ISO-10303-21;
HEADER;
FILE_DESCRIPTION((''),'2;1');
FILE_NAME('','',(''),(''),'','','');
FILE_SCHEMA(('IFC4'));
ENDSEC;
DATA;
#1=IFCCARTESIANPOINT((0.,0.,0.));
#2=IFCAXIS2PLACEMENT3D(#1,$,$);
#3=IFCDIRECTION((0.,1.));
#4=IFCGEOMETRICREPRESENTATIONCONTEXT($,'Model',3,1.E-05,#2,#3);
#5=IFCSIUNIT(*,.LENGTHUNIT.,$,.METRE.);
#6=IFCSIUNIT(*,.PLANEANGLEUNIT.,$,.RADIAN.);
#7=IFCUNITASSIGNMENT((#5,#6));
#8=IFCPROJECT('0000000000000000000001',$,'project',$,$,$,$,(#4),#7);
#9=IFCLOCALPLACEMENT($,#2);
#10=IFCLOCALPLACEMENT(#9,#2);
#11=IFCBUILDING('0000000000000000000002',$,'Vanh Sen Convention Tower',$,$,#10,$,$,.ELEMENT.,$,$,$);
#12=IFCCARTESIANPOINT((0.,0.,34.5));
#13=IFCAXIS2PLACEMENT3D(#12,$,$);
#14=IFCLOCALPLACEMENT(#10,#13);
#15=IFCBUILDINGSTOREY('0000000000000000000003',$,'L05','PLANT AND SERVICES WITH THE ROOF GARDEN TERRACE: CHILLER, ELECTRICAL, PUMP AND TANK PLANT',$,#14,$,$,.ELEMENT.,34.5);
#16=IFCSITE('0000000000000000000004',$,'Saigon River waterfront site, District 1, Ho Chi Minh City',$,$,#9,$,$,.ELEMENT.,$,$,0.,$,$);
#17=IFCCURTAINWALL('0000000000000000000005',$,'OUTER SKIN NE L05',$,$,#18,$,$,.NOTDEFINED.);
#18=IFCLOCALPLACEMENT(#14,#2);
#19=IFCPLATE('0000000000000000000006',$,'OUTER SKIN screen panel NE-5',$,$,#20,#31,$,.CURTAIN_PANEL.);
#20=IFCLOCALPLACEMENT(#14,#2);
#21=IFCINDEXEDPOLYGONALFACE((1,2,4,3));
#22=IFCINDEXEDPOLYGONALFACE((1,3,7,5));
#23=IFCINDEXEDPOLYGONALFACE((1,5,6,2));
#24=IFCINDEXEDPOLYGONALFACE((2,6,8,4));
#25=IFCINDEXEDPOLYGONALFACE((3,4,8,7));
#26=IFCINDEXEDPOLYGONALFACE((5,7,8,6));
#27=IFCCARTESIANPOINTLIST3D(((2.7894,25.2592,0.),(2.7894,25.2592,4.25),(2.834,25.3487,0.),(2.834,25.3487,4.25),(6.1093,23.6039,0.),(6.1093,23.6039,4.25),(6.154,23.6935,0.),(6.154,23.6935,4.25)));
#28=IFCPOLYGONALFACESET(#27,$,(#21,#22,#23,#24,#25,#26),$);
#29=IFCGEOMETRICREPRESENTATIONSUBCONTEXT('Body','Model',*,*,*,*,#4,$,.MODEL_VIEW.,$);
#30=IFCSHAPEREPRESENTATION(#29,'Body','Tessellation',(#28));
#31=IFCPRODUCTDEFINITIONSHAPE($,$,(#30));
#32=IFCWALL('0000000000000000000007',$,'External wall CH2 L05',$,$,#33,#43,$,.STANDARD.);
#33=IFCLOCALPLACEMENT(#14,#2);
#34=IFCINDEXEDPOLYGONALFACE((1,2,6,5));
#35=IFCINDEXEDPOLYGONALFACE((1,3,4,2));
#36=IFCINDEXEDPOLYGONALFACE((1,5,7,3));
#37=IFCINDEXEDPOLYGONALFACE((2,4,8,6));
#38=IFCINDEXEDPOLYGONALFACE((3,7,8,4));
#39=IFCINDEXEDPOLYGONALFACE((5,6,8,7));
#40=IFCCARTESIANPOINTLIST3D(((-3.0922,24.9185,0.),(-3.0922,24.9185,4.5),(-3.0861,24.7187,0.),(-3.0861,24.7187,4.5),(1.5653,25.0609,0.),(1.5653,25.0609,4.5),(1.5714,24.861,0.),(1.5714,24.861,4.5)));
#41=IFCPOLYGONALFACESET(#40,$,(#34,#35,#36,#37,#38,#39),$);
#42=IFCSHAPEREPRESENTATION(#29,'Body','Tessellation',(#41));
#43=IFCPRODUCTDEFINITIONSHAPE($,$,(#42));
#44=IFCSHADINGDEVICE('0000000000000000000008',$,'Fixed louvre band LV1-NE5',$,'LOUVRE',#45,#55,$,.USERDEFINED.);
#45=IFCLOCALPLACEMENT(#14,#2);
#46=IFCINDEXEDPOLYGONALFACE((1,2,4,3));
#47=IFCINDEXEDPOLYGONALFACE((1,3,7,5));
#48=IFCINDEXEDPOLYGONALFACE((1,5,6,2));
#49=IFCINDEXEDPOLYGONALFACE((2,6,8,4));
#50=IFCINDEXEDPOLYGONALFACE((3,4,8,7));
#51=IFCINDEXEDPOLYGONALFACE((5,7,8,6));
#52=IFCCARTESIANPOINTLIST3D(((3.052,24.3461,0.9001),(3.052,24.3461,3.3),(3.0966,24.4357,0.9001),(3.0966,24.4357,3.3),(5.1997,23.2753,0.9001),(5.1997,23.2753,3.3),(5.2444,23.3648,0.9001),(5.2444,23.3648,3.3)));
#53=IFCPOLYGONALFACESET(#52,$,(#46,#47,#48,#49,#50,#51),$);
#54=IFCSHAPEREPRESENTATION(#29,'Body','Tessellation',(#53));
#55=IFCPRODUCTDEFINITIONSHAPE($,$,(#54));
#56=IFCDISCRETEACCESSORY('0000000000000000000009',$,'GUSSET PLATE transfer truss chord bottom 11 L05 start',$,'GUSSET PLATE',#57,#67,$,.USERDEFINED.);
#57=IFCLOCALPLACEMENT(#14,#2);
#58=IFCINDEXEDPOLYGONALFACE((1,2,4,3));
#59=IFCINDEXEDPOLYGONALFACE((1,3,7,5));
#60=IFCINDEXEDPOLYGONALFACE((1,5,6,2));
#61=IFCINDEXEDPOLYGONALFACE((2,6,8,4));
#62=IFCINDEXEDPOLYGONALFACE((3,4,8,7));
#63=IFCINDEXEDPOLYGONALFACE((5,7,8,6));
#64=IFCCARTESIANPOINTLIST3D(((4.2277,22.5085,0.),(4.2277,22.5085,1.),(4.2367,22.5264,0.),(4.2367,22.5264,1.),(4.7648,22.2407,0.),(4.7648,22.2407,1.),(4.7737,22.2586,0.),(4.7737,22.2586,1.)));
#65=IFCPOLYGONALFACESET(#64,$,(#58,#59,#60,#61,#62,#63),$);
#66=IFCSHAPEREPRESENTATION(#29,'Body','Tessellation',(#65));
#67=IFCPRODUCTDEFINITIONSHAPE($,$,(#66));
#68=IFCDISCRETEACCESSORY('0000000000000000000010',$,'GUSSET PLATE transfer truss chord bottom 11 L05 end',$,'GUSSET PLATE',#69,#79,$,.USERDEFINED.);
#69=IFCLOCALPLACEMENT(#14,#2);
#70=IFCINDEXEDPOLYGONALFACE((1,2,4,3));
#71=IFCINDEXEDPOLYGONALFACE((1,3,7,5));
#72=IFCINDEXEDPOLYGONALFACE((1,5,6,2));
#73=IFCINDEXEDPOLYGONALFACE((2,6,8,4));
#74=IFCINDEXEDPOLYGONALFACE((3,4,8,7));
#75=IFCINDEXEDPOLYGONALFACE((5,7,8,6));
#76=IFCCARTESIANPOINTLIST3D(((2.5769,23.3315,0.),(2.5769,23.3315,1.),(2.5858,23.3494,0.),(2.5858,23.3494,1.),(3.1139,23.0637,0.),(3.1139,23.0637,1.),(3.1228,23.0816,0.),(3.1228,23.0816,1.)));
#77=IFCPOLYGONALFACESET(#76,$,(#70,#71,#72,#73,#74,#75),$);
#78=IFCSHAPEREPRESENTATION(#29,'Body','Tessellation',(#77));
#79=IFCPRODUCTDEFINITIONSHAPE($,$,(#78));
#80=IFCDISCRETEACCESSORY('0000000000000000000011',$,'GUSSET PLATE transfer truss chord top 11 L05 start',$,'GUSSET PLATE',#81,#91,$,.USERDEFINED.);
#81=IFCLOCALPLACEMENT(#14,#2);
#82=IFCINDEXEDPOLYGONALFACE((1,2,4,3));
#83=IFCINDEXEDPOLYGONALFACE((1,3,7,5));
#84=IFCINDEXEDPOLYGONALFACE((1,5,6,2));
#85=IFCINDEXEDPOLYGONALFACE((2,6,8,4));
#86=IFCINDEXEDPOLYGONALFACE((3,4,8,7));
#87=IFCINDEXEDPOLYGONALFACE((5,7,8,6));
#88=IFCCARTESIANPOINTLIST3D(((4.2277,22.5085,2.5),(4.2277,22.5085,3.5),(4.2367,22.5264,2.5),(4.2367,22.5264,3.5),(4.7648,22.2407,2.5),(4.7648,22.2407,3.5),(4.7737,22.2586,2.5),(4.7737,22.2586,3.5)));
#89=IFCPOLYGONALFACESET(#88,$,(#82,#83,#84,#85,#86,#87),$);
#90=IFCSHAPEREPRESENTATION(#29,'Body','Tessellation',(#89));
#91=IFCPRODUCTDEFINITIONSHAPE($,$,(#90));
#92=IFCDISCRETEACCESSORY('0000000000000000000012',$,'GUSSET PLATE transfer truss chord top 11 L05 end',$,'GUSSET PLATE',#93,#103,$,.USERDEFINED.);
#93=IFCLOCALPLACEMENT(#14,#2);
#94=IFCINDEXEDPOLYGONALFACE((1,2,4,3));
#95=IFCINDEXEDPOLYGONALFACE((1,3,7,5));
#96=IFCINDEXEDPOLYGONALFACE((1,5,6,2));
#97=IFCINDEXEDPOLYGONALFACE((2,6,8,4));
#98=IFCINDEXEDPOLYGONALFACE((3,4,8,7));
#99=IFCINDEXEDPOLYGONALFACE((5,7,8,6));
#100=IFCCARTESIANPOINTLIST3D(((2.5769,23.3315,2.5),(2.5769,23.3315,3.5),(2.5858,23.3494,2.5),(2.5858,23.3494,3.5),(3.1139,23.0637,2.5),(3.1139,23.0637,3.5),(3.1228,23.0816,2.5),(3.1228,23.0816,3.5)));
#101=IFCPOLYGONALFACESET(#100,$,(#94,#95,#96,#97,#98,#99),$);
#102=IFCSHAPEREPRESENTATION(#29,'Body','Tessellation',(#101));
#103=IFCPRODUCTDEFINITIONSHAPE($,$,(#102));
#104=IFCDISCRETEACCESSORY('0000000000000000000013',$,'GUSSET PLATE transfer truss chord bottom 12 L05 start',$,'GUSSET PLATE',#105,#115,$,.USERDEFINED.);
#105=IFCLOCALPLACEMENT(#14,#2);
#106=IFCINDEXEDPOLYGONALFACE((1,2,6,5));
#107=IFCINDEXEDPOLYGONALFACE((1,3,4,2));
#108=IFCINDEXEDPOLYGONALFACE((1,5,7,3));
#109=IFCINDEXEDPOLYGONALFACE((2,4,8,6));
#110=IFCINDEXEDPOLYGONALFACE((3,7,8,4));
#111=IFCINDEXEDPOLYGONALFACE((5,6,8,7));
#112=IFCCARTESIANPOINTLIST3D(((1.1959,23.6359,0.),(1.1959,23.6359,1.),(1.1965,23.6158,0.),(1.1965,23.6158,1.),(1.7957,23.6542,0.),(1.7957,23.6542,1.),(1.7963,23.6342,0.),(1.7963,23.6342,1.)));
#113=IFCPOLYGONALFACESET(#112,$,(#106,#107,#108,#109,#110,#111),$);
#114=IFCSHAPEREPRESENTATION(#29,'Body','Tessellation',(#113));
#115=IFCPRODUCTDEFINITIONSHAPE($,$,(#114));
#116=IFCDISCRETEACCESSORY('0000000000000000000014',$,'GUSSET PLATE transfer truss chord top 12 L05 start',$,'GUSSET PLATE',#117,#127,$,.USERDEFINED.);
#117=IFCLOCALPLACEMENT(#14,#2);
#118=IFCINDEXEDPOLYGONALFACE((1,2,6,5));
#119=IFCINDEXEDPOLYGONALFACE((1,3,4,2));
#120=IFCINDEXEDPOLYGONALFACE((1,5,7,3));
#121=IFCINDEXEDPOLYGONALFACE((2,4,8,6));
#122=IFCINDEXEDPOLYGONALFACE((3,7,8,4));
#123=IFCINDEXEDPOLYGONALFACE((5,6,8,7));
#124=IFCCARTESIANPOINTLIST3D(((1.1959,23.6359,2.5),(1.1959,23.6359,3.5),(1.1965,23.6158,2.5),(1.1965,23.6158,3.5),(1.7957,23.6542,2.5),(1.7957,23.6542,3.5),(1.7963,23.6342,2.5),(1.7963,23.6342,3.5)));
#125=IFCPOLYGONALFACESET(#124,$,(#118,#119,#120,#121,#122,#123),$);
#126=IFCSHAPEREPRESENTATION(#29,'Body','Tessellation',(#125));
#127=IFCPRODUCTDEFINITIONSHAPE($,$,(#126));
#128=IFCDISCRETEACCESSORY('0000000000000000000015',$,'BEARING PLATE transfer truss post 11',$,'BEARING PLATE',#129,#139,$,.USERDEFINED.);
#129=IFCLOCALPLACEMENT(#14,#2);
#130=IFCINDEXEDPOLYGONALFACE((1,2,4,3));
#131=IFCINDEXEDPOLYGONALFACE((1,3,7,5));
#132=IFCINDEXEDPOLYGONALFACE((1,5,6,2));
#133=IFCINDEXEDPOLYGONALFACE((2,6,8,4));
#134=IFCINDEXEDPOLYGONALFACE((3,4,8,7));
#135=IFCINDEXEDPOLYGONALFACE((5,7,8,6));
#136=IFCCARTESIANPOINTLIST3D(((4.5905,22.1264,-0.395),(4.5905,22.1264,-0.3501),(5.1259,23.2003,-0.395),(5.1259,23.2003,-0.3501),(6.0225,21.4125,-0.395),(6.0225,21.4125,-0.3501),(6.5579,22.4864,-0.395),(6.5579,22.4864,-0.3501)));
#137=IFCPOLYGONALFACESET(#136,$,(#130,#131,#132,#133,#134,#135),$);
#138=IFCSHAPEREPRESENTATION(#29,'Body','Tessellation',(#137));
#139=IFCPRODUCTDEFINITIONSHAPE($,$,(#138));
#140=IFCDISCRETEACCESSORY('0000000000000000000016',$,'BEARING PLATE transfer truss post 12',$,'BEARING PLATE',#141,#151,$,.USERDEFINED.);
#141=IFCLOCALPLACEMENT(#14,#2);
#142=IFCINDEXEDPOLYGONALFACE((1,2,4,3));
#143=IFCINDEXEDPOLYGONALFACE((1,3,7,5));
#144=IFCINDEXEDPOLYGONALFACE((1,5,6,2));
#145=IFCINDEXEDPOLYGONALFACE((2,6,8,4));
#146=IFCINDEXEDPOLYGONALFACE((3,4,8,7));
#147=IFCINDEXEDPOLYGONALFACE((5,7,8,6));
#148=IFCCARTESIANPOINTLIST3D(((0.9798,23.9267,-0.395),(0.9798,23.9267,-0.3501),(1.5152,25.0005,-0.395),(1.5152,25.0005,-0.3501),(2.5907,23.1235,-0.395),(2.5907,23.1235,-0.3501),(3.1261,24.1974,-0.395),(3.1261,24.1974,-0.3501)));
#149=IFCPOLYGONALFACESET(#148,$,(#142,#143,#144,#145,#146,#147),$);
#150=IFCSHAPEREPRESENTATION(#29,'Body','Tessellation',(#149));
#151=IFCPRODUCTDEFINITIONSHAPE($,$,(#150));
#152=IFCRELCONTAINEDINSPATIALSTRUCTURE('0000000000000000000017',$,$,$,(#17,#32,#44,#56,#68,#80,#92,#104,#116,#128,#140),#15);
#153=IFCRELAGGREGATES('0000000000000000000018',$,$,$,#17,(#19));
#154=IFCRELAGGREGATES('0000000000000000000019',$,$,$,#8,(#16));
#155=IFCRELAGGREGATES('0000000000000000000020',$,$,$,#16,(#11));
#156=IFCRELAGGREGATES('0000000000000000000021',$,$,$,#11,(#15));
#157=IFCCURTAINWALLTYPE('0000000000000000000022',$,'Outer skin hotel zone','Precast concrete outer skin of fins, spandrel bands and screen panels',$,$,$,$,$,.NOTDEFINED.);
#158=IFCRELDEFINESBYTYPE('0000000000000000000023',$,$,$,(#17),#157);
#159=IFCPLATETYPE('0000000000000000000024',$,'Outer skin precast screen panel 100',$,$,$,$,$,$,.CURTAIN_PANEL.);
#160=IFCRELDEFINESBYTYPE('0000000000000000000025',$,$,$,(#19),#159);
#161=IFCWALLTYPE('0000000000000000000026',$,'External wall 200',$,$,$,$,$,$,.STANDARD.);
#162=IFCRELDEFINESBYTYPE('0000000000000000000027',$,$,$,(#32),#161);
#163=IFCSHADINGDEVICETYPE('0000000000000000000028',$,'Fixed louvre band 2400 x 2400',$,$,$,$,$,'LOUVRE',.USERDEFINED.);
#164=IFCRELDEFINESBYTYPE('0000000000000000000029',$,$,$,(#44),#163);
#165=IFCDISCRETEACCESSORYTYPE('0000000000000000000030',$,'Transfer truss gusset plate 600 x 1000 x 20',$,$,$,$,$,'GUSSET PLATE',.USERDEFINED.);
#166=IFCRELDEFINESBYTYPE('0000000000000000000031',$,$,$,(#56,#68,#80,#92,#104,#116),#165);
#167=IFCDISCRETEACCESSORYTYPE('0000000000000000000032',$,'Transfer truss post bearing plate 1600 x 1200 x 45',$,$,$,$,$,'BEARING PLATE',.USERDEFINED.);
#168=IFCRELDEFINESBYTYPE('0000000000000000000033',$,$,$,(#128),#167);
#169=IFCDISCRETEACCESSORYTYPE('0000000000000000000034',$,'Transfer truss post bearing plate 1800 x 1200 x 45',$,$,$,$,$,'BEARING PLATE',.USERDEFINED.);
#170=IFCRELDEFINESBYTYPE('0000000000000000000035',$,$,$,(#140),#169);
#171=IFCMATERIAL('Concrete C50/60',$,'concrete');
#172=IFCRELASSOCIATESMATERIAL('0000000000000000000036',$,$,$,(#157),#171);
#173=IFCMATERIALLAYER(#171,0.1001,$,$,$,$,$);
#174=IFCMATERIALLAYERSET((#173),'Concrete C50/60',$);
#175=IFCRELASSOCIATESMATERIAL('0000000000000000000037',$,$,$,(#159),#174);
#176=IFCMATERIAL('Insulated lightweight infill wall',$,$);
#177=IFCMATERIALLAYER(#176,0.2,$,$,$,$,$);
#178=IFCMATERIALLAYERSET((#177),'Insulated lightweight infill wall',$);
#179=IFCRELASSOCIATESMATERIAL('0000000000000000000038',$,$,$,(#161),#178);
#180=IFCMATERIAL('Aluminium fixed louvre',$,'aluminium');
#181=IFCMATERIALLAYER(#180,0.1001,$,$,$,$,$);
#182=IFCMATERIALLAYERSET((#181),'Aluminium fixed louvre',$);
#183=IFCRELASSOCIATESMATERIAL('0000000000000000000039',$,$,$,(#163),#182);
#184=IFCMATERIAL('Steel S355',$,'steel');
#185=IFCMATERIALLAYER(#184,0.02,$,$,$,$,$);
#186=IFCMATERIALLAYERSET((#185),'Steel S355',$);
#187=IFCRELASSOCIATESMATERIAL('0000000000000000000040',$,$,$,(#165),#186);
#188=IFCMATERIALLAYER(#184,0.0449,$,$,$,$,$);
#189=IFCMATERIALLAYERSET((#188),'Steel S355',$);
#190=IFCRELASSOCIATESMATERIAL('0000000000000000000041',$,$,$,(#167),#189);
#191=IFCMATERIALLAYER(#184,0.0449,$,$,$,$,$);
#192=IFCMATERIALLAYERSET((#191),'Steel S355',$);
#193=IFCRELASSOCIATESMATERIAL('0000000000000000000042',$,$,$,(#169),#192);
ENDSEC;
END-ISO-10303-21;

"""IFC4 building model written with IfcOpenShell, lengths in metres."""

from ifc_helpers import new_model, si_unit, direction, frame, frame_2d, origin, origin_2d, place, context, subcontext, project, spatial, rectangle, extrude, material, layer, layer_set, type_object, element, aggregate, save


model = new_model("IFC4")

# Units and contexts
model_context = context("Model", 3, precision=1e-05, world=origin(), true_north=direction((0.0, 1.0)))
body_context = subcontext(model_context, "Body", "Model", "MODEL_VIEW")
ifc_project = project(units=[si_unit("LENGTHUNIT", "METRE"), si_unit("PLANEANGLEUNIT", "RADIAN")], contexts=[model_context])

# Site, building, storey
site_placement = place(None, origin())
site = spatial("IfcSite", under=ifc_project, at=site_placement, Name="Saigon River waterfront site, District 1, Ho Chi Minh City", CompositionType="ELEMENT", RefElevation=0.0)
building_placement = place(site_placement, origin())
building = spatial("IfcBuilding", under=site, at=building_placement, Name="Vanh Sen Convention Tower", CompositionType="ELEMENT")
storey_placement = place(building_placement, frame((0.0, 0.0, 34.5)))
storey = spatial("IfcBuildingStorey", under=building, at=storey_placement, Name="L05", Description="PLANT AND SERVICES WITH THE ROOF GARDEN TERRACE: CHILLER, ELECTRICAL, PUMP AND TANK PLANT", CompositionType="ELEMENT", Elevation=34.5)

# Curtain wall
ifc_material_1 = material(Name="Concrete C50/60", Category="concrete")
curtain_wall_type = type_object("IfcCurtainWallType", Name="Outer skin hotel zone", Description="Precast concrete outer skin of fins, spandrel bands and screen panels", PredefinedType="NOTDEFINED", material=ifc_material_1)
curtain_wall_1_placement = place(storey_placement, origin())
curtain_wall_1 = element("IfcCurtainWall", 1, at=curtain_wall_1_placement, inside=storey, type_object=curtain_wall_type, Name="OUTER SKIN NE L05", PredefinedType="NOTDEFINED")

# Shared definitions
ifc_material_2 = material(Name="Steel S355", Category="steel")

# Plate
ifc_layer_1 = layer(ifc_material_1, 0.1001)
ifc_layer_set_1 = layer_set([ifc_layer_1], Name="Concrete C50/60")
plate_type = type_object("IfcPlateType", Name="Outer skin precast screen panel 100", PredefinedType="CURTAIN_PANEL", material=ifc_layer_set_1)
plate_placement = place(storey_placement, frame((4.4717, 24.4763, 0.0), z_axis=(0.0, 0.0, 1.0), x_axis=(-0.894935, 0.446196, 0.0)))
plate = element("IfcPlate", 2, at=plate_placement, type_object=plate_type, Name="OUTER SKIN screen panel NE-5", PredefinedType="CURTAIN_PANEL", context=body_context, shape_type="SweptSolid", body=[
    extrude(rectangle(XDim=3.7097, YDim=0.1001, at=origin_2d()), origin(), (0.0, 0.0, 1.0), 4.25),
])
aggregate(curtain_wall_1, [plate])

# Wall
ifc_material_3 = material(Name="Insulated lightweight infill wall")
ifc_layer_2 = layer(ifc_material_3, 0.2)
ifc_layer_set_2 = layer_set([ifc_layer_2], Name="Insulated lightweight infill wall")
wall_type = type_object("IfcWallType", Name="External wall 200", PredefinedType="STANDARD", material=ifc_layer_set_2)
wall_placement = place(storey_placement, frame((1.5684, 24.9609, 0.0), z_axis=(0.0, 0.0, 1.0), x_axis=(-0.999533, -0.030546, 0.0)))
element("IfcWall", 3, at=wall_placement, inside=storey, type_object=wall_type, Name="External wall CH2 L05", PredefinedType="STANDARD", context=body_context, shape_type="SweptSolid", body=[
    extrude(rectangle(XDim=4.6597, YDim=0.2, at=frame_2d((2.3298, 0.0))), origin(), (0.0, 0.0, 1.0), 4.5),
])

# Shading device
ifc_material_4 = material(Name="Aluminium fixed louvre", Category="aluminium")
ifc_layer_3 = layer(ifc_material_4, 0.1001)
ifc_layer_set_3 = layer_set([ifc_layer_3], Name="Aluminium fixed louvre")
shading_device_type = type_object("IfcShadingDeviceType", Name="Fixed louvre band 2400 x 2400", ElementType="LOUVRE", PredefinedType="USERDEFINED", material=ifc_layer_set_3)
shading_device_placement = place(storey_placement, frame((4.1482, 23.8555, 0.9001), z_axis=(0.0, 0.0, 1.0), x_axis=(-0.894934, 0.446199, 0.0)))
element("IfcShadingDevice", 4, at=shading_device_placement, inside=storey, type_object=shading_device_type, Name="Fixed louvre band LV1-NE5", ObjectType="LOUVRE", PredefinedType="USERDEFINED", context=body_context, shape_type="SweptSolid", body=[
    extrude(rectangle(XDim=2.3999, YDim=0.1001, at=origin_2d()), origin(), (0.0, 0.0, 1.0), 2.3999),
])

# Discrete accessories
ifc_layer_4 = layer(ifc_material_2, 0.02)
ifc_layer_set_4 = layer_set([ifc_layer_4], Name="Steel S355")
discrete_accessory_type_1 = type_object("IfcDiscreteAccessoryType", Name="Transfer truss gusset plate 600 x 1000 x 20", ElementType="GUSSET PLATE", PredefinedType="USERDEFINED", material=ifc_layer_set_4)
for number, where, z_axis, x_axis, name in (
    (5, (4.5007, 22.3835, 0.0), (0.0, 0.0, 1.0), (-0.894935, 0.446196, 0.0), "GUSSET PLATE transfer truss chord bottom 11 L05 start"),
    (6, (2.8499, 23.2065, 0.0), (0.0, 0.0, 1.0), (0.894935, -0.446196, 0.0), "GUSSET PLATE transfer truss chord bottom 11 L05 end"),
    (7, (4.5007, 22.3835, 2.5), (0.0, 0.0, 1.0), (-0.894935, 0.446196, 0.0), "GUSSET PLATE transfer truss chord top 11 L05 start"),
    (8, (2.8499, 23.2065, 2.5), (0.0, 0.0, 1.0), (0.894935, -0.446196, 0.0), "GUSSET PLATE transfer truss chord top 11 L05 end"),
    (9, (1.4961, 23.635, 0.0), (0.0, 0.0, 1.0), (-0.999534, -0.030537, 0.0), "GUSSET PLATE transfer truss chord bottom 12 L05 start"),
    (10, (1.4961, 23.635, 2.5), (0.0, 0.0, 1.0), (-0.999534, -0.030537, 0.0), "GUSSET PLATE transfer truss chord top 12 L05 start"),
):
    element("IfcDiscreteAccessory", number, at=place(storey_placement, frame(where, z_axis=z_axis, x_axis=x_axis)), inside=storey, type_object=discrete_accessory_type_1, Name=name, ObjectType="GUSSET PLATE", PredefinedType="USERDEFINED", context=body_context, shape_type="SweptSolid", body=[
        extrude(rectangle(XDim=0.6001, YDim=0.02, at=origin_2d()), origin(), (0.0, 0.0, 1.0), 1.0),
    ])
ifc_layer_5 = layer(ifc_material_2, 0.0449)
ifc_layer_set_5 = layer_set([ifc_layer_5], Name="Steel S355")
discrete_accessory_type_2 = type_object("IfcDiscreteAccessoryType", Name="Transfer truss post bearing plate 1600 x 1200 x 45", ElementType="BEARING PLATE", PredefinedType="USERDEFINED", material=ifc_layer_set_5)
discrete_accessory_1_placement = place(storey_placement, frame((5.5742, 22.3064, -0.395), z_axis=(0.0, 0.0, 1.0), x_axis=(-0.894934, 0.446198, 0.0)))
element("IfcDiscreteAccessory", 11, at=discrete_accessory_1_placement, inside=storey, type_object=discrete_accessory_type_2, Name="BEARING PLATE transfer truss post 11", ObjectType="BEARING PLATE", PredefinedType="USERDEFINED", context=body_context, shape_type="SweptSolid", body=[
    extrude(rectangle(XDim=1.6001, YDim=1.2, at=origin_2d()), origin(), (0.0, 0.0, 1.0), 0.0449),
])
ifc_layer_6 = layer(ifc_material_2, 0.0449)
ifc_layer_set_6 = layer_set([ifc_layer_6], Name="Steel S355")
discrete_accessory_type_3 = type_object("IfcDiscreteAccessoryType", Name="Transfer truss post bearing plate 1800 x 1200 x 45", ElementType="BEARING PLATE", PredefinedType="USERDEFINED", material=ifc_layer_set_6)
discrete_accessory_2_placement = place(storey_placement, frame((2.053, 24.062, -0.395), z_axis=(0.0, 0.0, 1.0), x_axis=(-0.894934, 0.446198, 0.0)))
element("IfcDiscreteAccessory", 12, at=discrete_accessory_2_placement, inside=storey, type_object=discrete_accessory_type_3, Name="BEARING PLATE transfer truss post 12", ObjectType="BEARING PLATE", PredefinedType="USERDEFINED", context=body_context, shape_type="SweptSolid", body=[
    extrude(rectangle(XDim=1.8, YDim=1.2, at=origin_2d()), origin(), (0.0, 0.0, 1.0), 0.0449),
])

save(model, "model.ifc")
